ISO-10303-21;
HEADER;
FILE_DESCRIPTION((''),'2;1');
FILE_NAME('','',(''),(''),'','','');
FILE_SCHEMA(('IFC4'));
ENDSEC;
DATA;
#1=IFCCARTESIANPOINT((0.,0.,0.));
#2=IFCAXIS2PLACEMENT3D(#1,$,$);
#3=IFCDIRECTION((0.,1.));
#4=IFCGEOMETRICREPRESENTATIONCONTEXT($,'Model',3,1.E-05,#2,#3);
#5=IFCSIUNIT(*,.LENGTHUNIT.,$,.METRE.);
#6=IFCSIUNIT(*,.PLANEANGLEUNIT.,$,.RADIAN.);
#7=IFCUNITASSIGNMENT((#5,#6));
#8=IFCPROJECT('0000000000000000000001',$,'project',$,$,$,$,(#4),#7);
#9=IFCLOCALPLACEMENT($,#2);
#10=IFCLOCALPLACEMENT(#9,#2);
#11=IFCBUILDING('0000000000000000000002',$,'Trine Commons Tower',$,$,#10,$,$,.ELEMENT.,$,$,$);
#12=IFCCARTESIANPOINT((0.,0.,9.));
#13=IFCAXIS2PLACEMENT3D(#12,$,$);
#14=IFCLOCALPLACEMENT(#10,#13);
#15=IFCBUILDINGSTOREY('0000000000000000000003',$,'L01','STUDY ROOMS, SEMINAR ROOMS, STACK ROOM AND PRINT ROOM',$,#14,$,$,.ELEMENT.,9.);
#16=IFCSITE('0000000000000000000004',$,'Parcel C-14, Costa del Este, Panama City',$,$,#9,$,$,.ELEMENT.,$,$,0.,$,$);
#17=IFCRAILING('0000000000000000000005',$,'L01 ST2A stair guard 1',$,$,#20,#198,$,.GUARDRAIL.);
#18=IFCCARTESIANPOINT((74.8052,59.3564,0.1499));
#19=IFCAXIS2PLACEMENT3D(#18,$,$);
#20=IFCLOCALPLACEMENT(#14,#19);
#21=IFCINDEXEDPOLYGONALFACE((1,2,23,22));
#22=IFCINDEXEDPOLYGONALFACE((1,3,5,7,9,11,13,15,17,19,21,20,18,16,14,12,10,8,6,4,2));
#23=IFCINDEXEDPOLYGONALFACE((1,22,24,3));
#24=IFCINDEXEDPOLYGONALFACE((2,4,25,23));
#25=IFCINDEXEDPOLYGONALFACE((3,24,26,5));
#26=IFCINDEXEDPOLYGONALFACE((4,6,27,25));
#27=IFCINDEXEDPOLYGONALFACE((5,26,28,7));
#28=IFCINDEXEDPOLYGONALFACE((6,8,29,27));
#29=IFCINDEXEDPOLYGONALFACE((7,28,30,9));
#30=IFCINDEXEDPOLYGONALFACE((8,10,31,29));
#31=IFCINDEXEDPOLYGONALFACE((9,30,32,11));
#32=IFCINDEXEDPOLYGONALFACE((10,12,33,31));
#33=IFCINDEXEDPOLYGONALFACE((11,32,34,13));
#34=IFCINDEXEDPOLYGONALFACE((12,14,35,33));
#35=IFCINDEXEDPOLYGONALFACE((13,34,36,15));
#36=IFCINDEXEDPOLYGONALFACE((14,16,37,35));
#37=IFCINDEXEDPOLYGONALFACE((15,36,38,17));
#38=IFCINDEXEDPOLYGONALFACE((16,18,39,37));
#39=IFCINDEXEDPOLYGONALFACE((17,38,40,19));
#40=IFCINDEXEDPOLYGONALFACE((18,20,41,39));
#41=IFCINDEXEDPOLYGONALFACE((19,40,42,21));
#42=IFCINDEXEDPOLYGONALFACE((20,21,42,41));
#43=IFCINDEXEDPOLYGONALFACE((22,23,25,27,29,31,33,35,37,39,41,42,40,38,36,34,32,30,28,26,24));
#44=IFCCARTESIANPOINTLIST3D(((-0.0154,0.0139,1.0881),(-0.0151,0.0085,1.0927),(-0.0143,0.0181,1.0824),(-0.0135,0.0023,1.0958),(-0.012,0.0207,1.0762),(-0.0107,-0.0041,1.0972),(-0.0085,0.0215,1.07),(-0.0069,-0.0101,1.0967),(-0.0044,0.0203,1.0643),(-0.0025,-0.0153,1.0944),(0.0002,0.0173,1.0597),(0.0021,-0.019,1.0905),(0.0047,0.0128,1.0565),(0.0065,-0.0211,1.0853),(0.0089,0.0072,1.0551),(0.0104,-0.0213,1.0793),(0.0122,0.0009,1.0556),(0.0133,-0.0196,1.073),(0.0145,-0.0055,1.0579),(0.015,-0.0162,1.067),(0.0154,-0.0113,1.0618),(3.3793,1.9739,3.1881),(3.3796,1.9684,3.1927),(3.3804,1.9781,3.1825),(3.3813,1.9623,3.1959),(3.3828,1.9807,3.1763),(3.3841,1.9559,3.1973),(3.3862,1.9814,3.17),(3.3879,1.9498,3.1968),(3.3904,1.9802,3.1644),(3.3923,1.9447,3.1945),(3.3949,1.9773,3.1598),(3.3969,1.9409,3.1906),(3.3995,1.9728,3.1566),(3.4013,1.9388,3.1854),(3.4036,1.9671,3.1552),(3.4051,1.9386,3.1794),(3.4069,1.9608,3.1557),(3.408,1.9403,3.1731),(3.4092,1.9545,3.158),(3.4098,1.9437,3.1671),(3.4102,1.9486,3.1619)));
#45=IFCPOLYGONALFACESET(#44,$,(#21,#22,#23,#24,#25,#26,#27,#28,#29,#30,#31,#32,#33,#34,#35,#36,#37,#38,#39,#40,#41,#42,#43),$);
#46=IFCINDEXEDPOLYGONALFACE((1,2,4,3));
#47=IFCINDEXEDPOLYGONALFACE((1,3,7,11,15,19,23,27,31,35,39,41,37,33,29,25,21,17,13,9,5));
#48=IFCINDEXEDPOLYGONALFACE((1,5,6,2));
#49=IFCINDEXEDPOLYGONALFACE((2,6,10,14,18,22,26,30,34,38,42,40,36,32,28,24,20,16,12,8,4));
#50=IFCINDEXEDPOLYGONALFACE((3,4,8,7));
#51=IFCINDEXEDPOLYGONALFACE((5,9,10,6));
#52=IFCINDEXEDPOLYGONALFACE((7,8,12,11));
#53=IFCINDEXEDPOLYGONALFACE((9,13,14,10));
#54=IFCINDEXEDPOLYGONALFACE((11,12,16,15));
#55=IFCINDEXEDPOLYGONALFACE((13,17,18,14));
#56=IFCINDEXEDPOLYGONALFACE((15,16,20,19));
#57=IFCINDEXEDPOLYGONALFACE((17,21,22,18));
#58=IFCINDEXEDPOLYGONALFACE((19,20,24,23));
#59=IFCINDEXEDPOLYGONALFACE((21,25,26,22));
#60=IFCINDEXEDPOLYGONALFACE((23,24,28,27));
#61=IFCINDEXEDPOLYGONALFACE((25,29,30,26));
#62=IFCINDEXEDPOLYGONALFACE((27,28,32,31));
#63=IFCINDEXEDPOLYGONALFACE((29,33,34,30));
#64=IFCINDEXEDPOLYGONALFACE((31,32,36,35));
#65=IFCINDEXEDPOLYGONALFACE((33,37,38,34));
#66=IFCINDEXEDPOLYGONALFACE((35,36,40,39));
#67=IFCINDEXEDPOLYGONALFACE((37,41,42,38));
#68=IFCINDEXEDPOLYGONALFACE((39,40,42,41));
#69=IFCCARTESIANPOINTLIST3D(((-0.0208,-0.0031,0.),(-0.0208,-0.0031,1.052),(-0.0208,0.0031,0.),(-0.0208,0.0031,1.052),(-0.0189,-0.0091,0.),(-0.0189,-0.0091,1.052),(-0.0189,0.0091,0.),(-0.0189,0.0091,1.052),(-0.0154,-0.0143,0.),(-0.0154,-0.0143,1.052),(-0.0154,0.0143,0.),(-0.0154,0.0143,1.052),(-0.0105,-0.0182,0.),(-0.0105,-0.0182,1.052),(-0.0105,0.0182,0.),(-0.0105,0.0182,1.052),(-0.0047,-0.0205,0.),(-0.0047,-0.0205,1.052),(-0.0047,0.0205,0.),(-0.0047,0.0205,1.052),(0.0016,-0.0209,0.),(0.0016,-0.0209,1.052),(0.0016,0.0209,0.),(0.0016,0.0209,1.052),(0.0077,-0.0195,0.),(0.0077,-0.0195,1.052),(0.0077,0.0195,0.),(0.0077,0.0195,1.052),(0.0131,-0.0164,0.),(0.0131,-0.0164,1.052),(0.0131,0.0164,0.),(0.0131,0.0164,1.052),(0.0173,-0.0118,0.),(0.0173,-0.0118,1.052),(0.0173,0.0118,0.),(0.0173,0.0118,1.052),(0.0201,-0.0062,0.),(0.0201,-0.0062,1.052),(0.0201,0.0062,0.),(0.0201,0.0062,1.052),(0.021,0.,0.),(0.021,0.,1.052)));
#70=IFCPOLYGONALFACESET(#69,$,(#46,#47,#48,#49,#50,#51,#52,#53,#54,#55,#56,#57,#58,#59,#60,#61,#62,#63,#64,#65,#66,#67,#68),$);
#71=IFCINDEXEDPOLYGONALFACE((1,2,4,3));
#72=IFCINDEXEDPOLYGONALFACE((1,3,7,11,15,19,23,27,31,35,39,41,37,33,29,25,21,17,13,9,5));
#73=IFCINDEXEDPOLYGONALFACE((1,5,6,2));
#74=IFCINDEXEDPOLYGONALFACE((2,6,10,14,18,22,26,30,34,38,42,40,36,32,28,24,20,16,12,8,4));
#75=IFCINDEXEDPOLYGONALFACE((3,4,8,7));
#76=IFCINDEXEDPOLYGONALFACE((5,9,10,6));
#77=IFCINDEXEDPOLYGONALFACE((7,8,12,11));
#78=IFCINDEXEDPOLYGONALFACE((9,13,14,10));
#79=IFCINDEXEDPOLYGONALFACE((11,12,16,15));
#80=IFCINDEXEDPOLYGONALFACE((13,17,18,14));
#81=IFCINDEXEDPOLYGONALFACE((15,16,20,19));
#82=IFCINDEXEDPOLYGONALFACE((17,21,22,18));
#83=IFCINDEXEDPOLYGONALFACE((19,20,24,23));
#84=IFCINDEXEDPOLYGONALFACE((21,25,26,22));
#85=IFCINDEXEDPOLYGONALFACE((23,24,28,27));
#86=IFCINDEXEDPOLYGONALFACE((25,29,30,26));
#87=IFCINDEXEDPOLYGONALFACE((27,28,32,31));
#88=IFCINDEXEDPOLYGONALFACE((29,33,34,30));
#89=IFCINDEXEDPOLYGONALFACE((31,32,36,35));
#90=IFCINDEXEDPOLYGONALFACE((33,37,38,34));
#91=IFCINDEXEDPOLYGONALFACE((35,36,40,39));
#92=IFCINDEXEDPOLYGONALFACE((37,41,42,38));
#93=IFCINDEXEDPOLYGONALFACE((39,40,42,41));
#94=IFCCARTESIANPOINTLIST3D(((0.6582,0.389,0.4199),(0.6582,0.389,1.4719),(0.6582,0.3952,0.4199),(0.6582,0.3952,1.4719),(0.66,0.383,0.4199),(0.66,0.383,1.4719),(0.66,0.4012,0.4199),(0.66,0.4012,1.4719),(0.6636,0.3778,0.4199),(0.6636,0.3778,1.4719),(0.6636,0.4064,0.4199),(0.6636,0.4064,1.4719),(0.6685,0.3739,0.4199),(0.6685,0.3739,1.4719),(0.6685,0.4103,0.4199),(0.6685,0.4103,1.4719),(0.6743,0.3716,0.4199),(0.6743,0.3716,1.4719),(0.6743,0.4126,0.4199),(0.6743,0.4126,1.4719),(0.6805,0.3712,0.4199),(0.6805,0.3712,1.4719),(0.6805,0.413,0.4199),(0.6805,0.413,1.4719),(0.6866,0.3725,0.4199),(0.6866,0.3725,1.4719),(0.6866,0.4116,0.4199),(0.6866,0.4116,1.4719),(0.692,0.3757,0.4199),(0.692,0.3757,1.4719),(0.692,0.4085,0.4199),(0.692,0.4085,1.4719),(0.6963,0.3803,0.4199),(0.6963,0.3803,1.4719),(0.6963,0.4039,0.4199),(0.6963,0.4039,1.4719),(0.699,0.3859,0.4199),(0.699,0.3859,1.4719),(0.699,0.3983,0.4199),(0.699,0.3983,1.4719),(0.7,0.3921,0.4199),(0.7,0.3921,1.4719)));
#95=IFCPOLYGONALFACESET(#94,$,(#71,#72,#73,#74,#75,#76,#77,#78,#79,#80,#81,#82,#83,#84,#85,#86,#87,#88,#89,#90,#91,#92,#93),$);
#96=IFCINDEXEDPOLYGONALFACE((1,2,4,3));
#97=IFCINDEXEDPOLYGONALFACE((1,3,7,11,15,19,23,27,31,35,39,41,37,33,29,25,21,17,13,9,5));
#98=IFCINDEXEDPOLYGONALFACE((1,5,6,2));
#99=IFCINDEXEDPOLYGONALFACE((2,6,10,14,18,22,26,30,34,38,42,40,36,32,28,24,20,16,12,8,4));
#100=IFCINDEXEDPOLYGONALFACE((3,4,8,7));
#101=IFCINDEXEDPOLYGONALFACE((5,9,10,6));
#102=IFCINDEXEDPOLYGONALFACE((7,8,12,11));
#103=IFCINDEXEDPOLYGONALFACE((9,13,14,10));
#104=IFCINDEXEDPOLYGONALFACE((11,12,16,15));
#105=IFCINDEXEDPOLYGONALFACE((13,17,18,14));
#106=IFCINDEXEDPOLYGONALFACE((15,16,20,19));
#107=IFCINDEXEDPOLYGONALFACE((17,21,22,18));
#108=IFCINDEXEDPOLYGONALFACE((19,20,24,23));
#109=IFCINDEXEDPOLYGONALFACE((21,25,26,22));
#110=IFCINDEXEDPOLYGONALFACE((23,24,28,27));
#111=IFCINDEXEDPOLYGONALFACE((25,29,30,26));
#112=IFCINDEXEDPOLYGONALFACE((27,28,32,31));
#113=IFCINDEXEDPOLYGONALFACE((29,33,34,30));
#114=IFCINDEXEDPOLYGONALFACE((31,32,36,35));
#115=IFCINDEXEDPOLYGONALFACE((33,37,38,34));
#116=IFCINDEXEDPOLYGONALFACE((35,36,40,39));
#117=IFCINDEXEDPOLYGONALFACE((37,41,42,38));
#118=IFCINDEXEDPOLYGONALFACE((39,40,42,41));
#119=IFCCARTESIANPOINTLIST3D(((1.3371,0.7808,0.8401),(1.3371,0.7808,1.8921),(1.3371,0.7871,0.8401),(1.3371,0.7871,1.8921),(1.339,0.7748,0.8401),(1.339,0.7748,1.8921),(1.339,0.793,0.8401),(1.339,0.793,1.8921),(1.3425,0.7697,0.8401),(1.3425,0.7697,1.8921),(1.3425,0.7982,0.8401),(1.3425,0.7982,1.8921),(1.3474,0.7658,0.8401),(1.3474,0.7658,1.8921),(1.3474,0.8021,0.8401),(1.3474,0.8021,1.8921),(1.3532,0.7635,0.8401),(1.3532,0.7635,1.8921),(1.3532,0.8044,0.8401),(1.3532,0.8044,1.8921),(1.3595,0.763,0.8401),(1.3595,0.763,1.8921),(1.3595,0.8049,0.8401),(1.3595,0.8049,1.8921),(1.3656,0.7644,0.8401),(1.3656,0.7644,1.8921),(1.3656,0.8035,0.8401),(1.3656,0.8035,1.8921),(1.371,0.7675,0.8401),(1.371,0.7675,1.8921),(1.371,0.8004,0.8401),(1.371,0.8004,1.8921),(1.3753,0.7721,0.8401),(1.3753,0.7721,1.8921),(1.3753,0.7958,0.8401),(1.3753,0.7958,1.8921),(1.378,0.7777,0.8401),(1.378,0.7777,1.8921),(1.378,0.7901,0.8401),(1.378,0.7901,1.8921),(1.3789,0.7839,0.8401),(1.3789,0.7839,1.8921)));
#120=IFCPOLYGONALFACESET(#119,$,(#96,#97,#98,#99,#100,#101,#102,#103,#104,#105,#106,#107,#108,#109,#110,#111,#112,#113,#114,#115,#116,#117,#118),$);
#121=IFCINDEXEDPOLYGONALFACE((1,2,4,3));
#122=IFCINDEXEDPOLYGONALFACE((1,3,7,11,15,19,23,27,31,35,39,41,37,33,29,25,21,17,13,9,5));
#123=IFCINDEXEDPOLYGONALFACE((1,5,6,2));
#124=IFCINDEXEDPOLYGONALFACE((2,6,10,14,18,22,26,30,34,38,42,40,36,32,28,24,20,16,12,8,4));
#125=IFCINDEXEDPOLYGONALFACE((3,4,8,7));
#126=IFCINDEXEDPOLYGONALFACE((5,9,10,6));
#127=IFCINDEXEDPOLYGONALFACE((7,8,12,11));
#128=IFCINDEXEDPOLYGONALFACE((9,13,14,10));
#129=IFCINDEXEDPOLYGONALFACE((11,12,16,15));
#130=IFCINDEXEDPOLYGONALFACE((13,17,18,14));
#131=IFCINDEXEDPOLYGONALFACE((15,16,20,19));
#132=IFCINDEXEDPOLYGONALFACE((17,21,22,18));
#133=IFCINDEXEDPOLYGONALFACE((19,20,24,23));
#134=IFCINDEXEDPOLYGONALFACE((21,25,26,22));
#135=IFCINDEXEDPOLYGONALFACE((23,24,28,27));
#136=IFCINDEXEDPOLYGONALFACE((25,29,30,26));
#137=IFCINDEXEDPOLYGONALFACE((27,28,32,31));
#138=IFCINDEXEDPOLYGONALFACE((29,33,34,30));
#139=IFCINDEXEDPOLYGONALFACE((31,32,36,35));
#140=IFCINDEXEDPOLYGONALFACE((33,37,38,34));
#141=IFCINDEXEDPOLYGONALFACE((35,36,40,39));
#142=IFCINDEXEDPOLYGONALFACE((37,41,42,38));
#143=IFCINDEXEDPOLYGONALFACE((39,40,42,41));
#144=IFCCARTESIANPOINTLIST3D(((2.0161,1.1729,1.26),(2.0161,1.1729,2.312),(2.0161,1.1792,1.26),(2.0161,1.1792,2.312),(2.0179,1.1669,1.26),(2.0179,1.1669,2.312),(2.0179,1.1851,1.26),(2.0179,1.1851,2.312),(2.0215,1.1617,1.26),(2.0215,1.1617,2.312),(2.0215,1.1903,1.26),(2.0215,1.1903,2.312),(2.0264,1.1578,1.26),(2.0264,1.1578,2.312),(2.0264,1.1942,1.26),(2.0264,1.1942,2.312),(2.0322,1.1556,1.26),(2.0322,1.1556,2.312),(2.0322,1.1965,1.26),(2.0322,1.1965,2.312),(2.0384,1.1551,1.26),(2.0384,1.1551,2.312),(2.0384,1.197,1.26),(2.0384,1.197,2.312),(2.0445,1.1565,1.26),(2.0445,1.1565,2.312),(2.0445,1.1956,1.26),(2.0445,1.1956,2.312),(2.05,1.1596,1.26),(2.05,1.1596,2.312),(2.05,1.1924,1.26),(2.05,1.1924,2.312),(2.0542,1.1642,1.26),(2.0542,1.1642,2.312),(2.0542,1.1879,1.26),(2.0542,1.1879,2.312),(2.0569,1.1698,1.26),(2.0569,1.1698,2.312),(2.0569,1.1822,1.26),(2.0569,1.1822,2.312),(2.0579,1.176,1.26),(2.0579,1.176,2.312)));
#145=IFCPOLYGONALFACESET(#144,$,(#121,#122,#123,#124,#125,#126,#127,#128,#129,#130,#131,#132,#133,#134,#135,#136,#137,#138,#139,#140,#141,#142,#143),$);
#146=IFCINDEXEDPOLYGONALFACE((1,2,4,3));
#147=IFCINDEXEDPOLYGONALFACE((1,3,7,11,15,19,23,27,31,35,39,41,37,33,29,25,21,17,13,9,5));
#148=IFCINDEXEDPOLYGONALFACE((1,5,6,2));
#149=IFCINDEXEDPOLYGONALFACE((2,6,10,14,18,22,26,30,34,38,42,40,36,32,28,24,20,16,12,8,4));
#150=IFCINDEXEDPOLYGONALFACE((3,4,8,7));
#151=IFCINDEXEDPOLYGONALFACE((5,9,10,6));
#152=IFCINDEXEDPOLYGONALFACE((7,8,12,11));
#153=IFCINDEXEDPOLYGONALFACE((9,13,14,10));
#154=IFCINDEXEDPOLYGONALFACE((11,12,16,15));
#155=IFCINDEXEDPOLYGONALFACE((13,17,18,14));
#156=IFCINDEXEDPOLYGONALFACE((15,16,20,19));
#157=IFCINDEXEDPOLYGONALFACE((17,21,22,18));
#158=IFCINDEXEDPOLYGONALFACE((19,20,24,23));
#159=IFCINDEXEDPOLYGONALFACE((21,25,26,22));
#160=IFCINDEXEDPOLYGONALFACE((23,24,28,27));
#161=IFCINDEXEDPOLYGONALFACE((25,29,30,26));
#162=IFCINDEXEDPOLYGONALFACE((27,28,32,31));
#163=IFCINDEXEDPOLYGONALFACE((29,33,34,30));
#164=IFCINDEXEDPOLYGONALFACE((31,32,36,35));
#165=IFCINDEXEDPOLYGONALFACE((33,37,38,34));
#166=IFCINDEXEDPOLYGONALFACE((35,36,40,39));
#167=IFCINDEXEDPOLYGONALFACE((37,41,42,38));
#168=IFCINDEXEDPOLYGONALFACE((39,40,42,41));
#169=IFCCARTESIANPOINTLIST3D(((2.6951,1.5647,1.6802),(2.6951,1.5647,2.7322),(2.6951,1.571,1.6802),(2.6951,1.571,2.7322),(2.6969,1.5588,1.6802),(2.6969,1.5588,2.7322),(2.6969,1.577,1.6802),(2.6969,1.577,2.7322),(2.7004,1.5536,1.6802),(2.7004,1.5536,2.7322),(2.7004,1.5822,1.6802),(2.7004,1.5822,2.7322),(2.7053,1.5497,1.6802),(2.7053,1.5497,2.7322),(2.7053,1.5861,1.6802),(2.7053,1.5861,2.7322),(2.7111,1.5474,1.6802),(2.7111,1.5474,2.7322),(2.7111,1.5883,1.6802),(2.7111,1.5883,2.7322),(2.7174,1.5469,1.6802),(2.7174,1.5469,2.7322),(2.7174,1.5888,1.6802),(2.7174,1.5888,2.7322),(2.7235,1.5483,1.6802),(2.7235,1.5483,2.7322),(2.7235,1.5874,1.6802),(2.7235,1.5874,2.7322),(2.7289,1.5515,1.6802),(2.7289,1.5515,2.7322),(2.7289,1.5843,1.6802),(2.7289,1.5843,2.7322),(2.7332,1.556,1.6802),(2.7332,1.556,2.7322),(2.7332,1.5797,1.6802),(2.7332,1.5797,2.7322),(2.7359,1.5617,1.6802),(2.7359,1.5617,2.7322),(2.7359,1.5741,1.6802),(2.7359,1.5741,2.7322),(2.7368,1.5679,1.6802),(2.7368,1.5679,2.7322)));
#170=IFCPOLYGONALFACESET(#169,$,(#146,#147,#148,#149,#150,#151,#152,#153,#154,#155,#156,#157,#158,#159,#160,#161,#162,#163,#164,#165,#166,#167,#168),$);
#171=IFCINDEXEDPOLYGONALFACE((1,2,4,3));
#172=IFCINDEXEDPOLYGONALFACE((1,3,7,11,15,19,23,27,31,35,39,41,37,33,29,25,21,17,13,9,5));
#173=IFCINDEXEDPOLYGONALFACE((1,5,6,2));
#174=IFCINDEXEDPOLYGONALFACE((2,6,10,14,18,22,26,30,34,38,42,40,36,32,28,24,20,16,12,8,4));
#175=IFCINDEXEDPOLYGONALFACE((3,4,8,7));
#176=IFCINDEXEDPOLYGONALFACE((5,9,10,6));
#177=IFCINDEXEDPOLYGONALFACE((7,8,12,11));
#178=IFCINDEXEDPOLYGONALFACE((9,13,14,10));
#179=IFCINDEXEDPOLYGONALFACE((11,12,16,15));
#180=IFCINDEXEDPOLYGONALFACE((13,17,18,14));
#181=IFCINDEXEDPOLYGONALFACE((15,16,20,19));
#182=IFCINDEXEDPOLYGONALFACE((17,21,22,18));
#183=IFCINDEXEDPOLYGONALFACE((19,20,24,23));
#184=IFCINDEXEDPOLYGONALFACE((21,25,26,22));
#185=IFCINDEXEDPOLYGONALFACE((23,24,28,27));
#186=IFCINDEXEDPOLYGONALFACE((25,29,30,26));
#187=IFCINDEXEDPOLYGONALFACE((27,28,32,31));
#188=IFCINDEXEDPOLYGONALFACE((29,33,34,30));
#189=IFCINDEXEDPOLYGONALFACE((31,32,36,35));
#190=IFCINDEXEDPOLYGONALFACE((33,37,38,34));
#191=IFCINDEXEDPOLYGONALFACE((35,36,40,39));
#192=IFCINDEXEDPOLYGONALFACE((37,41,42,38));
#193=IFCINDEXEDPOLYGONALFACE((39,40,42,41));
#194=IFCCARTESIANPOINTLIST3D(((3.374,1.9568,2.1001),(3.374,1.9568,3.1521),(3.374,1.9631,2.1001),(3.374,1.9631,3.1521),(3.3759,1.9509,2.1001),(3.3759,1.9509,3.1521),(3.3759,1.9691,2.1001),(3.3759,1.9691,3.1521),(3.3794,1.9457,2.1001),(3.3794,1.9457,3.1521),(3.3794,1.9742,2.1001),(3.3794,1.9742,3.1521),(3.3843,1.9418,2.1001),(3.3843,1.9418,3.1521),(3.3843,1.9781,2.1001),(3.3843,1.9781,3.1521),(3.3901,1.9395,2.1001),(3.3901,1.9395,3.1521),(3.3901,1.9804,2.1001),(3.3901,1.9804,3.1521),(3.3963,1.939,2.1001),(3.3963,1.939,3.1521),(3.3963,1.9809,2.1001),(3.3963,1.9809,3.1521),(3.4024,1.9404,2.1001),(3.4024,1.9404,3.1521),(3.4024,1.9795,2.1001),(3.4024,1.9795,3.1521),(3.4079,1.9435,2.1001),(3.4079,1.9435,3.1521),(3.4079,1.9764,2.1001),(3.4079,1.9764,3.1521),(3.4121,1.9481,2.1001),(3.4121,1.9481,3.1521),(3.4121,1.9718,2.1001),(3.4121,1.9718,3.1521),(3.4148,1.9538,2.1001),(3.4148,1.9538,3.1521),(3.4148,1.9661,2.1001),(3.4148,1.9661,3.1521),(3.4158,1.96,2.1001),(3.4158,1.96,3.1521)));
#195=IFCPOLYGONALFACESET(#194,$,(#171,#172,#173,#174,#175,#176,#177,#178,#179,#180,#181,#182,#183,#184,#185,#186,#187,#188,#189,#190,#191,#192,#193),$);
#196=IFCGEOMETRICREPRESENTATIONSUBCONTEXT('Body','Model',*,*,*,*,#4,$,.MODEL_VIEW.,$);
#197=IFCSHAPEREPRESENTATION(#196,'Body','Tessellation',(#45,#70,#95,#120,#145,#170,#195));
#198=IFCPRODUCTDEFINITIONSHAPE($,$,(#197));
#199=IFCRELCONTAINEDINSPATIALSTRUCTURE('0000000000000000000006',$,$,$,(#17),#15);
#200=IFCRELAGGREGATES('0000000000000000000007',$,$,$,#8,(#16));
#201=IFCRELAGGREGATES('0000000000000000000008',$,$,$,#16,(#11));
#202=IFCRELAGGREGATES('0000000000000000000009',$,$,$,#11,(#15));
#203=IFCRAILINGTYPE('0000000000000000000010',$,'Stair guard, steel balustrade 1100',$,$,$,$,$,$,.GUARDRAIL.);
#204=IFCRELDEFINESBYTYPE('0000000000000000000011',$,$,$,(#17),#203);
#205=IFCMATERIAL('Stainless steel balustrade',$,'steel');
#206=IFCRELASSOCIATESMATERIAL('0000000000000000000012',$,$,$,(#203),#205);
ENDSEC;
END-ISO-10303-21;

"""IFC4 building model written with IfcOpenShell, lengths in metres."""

from ifc_helpers import new_model, si_unit, direction, frame, origin, origin_2d, place, context, subcontext, project, spatial, circle, extrude, material, type_object, element, save


model = new_model("IFC4")

# Units and contexts
model_context = context("Model", 3, precision=1e-05, world=origin(), true_north=direction((0.0, 1.0)))
body_context = subcontext(model_context, "Body", "Model", "MODEL_VIEW")
ifc_project = project(units=[si_unit("LENGTHUNIT", "METRE"), si_unit("PLANEANGLEUNIT", "RADIAN")], contexts=[model_context])

# Site, building, storey
site_placement = place(None, origin())
site = spatial("IfcSite", under=ifc_project, at=site_placement, Name="Parcel C-14, Costa del Este, Panama City", CompositionType="ELEMENT", RefElevation=0.0)
building_placement = place(site_placement, origin())
building = spatial("IfcBuilding", under=site, at=building_placement, Name="Trine Commons Tower", CompositionType="ELEMENT")
storey_placement = place(building_placement, frame((0.0, 0.0, 9.0)))
storey = spatial("IfcBuildingStorey", under=building, at=storey_placement, Name="L01", Description="STUDY ROOMS, SEMINAR ROOMS, STACK ROOM AND PRINT ROOM", CompositionType="ELEMENT", Elevation=9.0)

# Railing
ifc_material_1 = material(Name="Stainless steel balustrade", Category="steel")
railing_type_1 = type_object("IfcRailingType", Name="Stair guard, steel balustrade 1100", PredefinedType="GUARDRAIL", material=ifc_material_1)
railing_1_placement = place(storey_placement, frame((74.8052, 59.3564, 0.1499)))
element("IfcRailing", 1, at=railing_1_placement, inside=storey, type_object=railing_type_1, Name="L01 ST2A stair guard 1", PredefinedType="GUARDRAIL", context=body_context, shape_type="SweptSolid", body=[
    extrude(circle(Radius=0.0239, at=origin_2d()), frame((0.0, 0.0, 1.0762), z_axis=(0.763375, 0.440732, 0.472244), x_axis=(-0.499997, 0.866027, 0.0)), (0.0, 0.0, 1.0), 4.447),
    extrude(circle(Radius=0.021, at=origin_2d()), origin(), (0.0, 0.0, 1.0), 1.052),
    extrude(circle(Radius=0.021, at=origin_2d()), frame((0.679, 0.3921, 0.4199)), (0.0, 0.0, 1.0), 1.052),
    extrude(circle(Radius=0.021, at=origin_2d()), frame((1.3579, 0.7839, 0.8401)), (0.0, 0.0, 1.0), 1.052),
    extrude(circle(Radius=0.021, at=origin_2d()), frame((2.0369, 1.176, 1.26)), (0.0, 0.0, 1.0), 1.052),
    extrude(circle(Radius=0.021, at=origin_2d()), frame((2.7158, 1.5679, 1.6802)), (0.0, 0.0, 1.0), 1.052),
    extrude(circle(Radius=0.021, at=origin_2d()), frame((3.3948, 1.96, 2.1001)), (0.0, 0.0, 1.0), 1.052),
])

save(model, "model.ifc")
